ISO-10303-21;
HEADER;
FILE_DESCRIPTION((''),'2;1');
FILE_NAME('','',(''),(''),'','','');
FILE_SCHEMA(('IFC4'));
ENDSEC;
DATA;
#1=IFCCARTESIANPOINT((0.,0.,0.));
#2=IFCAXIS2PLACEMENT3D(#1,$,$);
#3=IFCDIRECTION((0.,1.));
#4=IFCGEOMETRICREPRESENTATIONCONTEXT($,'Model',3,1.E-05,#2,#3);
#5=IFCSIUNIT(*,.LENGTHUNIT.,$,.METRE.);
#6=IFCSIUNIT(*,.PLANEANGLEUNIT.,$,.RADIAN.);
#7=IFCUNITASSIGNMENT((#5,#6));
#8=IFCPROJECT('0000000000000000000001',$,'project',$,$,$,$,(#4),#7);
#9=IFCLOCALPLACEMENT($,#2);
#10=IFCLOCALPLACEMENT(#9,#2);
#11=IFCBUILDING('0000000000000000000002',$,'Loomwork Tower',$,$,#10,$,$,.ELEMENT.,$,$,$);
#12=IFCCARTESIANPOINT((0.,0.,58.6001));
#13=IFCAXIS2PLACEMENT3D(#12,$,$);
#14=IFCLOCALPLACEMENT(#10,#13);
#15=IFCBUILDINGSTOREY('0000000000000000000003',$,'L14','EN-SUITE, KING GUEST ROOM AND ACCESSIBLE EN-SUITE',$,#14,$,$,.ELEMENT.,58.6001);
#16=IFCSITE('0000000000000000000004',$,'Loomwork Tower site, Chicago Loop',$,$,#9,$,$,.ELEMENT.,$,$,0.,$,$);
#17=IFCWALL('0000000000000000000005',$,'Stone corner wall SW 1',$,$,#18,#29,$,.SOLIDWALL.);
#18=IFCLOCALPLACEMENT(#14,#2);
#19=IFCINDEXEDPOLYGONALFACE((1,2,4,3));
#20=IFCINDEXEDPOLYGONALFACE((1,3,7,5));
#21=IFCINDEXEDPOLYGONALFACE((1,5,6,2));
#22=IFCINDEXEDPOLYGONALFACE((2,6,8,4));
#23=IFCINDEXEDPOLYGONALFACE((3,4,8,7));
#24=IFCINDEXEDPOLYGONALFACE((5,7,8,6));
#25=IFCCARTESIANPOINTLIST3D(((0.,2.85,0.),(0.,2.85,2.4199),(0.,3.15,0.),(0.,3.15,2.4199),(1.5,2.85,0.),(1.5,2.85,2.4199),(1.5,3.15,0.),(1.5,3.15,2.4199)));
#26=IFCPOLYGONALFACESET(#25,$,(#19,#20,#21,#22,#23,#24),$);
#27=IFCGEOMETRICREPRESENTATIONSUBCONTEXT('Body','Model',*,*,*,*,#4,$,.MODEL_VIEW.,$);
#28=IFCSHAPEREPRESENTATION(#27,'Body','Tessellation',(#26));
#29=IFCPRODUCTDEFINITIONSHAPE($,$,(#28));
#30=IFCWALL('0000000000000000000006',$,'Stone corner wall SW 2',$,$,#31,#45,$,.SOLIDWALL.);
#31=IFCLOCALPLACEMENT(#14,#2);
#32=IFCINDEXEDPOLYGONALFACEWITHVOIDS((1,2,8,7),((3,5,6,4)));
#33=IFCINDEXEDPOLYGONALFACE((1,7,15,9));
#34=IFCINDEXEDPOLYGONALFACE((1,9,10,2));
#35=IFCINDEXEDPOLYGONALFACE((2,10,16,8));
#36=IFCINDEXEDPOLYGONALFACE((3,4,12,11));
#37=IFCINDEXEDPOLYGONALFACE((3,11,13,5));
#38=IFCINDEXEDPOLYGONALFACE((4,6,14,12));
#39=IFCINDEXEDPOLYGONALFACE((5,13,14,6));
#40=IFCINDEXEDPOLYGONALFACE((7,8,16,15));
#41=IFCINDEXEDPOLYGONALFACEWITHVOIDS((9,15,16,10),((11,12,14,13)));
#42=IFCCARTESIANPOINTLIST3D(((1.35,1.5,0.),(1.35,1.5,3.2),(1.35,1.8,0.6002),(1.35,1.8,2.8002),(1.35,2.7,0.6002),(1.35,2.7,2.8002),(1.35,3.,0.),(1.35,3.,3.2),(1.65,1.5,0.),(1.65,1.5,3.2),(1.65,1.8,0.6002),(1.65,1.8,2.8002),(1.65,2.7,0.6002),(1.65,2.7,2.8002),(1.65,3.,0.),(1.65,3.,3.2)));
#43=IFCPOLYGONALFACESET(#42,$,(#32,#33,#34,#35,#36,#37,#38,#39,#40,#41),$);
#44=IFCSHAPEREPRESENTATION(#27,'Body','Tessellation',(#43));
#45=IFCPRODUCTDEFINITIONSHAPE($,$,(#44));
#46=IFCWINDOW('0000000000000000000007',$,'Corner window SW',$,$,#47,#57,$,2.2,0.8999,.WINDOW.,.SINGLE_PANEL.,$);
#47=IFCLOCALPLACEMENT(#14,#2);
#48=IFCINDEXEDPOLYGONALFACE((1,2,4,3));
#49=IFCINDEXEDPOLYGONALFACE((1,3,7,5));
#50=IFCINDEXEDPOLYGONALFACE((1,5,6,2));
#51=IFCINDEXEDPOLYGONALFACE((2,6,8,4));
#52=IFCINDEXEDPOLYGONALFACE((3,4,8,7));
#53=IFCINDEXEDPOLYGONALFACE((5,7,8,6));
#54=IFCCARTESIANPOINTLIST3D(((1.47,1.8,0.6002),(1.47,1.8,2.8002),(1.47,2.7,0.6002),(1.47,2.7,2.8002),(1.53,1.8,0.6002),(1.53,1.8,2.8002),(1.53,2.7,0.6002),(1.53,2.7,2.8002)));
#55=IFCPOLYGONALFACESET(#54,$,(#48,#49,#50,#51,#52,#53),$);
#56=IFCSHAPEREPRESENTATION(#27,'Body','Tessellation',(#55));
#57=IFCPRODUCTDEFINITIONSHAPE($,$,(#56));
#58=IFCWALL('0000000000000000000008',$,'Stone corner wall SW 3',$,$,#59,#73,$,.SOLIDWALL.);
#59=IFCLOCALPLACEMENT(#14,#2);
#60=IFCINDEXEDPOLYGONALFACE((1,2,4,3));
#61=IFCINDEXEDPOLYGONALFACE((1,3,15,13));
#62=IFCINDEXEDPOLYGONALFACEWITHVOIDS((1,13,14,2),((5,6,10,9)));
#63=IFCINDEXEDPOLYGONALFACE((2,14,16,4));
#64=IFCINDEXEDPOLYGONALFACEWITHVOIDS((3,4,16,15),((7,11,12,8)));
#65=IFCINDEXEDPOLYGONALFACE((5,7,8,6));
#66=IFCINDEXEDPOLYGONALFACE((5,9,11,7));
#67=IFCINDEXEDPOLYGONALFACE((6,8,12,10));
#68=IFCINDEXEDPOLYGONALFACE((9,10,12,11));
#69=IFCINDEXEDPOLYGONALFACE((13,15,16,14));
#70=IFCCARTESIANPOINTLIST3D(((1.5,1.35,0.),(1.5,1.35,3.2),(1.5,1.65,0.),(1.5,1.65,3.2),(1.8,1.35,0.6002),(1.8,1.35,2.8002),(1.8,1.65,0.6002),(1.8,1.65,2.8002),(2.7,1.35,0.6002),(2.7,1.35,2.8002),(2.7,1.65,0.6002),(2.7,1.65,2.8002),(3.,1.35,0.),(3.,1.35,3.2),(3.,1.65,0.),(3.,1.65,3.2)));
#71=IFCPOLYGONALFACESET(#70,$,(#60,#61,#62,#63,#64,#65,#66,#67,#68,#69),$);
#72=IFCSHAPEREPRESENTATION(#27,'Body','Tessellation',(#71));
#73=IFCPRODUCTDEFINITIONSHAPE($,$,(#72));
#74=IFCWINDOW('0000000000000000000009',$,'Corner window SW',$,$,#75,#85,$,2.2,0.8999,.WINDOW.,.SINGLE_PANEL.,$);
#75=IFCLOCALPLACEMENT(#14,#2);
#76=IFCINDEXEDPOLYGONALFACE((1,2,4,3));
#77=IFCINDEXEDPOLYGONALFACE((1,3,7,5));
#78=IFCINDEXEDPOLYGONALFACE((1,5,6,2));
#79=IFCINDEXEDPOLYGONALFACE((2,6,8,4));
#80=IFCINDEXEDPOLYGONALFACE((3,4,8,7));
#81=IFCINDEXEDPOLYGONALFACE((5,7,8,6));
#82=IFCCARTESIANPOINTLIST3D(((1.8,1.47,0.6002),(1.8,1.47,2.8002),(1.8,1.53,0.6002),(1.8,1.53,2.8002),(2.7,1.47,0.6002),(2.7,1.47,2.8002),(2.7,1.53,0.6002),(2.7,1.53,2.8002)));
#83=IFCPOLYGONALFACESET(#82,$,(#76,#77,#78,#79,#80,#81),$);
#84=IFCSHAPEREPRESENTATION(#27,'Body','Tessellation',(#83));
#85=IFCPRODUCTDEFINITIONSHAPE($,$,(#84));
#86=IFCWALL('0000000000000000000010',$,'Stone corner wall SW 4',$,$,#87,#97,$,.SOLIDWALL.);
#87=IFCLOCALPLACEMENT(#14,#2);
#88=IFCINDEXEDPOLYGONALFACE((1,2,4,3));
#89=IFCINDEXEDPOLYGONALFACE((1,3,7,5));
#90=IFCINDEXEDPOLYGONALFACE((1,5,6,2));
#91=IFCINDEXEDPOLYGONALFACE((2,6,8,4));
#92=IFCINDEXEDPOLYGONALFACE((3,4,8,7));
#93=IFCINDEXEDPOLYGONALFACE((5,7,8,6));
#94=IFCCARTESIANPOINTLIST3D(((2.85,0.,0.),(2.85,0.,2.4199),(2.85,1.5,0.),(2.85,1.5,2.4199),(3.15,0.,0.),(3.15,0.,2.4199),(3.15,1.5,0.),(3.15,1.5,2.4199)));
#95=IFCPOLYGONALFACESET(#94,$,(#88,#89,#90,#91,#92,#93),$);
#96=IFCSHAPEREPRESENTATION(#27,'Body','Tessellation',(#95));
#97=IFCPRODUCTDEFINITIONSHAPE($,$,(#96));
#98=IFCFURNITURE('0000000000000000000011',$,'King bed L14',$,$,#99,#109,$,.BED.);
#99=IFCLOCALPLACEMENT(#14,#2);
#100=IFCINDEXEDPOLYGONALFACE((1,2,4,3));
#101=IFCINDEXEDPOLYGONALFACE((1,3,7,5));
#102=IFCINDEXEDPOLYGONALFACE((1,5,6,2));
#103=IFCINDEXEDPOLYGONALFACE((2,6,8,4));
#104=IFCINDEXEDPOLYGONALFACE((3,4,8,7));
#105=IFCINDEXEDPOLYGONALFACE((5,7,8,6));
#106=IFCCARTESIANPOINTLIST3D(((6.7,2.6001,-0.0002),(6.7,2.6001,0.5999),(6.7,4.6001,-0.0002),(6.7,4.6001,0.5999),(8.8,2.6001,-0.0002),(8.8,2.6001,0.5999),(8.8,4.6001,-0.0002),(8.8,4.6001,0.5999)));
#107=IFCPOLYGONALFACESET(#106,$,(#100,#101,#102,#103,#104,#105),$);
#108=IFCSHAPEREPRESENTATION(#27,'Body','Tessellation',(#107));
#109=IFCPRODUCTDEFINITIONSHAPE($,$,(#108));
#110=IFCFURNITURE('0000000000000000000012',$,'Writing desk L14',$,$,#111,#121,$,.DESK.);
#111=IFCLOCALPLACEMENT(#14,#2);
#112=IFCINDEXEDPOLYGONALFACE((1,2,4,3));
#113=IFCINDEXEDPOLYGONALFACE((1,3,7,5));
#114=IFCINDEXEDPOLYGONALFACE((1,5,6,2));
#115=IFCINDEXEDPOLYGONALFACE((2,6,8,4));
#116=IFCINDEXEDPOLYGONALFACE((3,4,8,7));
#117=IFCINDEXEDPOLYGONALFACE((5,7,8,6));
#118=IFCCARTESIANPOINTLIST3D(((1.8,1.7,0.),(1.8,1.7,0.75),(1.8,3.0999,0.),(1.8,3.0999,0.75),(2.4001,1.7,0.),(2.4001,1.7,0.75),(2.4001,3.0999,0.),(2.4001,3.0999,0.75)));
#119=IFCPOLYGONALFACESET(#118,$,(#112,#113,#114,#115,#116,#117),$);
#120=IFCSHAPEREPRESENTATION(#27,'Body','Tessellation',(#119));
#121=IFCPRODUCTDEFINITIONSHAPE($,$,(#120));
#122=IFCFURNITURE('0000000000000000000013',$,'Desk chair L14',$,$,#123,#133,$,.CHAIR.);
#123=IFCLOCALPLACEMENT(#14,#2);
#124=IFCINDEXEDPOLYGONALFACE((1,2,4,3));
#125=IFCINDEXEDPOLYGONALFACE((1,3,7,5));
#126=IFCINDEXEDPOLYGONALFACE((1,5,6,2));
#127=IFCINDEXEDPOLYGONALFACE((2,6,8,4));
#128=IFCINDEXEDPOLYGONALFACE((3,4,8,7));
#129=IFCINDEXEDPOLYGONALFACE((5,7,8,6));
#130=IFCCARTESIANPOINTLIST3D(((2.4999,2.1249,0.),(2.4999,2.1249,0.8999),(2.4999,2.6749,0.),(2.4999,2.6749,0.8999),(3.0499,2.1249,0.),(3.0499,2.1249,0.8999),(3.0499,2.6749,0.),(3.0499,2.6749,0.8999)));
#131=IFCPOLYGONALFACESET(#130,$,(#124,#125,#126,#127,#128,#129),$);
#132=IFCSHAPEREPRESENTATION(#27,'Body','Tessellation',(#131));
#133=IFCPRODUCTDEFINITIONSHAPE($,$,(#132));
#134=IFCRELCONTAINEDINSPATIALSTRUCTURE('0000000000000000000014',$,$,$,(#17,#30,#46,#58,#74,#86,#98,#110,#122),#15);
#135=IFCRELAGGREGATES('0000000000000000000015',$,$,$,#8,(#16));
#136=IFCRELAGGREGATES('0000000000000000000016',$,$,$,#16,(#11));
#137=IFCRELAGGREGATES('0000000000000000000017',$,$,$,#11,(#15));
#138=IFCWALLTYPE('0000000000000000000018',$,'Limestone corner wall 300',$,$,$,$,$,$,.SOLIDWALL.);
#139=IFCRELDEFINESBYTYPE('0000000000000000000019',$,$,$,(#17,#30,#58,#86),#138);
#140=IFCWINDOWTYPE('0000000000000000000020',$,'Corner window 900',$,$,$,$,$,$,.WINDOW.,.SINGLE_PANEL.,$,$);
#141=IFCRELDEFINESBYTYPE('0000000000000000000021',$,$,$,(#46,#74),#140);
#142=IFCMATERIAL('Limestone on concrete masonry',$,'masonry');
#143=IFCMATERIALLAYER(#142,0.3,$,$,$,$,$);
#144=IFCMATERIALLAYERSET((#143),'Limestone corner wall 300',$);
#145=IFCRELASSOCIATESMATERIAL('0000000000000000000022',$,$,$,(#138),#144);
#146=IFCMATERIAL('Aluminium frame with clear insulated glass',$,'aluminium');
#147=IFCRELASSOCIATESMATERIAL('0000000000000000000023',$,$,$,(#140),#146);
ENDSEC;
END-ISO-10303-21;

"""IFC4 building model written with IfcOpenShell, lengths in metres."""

from ifc_helpers import new_model, si_unit, direction, frame, frame_2d, origin, origin_2d, place, context, subcontext, project, spatial, rectangle, extrude, material, layer, layer_set, type_object, element, fill, save


model = new_model("IFC4")

# Units and contexts
model_context = context("Model", 3, precision=1e-05, world=origin(), true_north=direction((0.0, 1.0)))
body_context = subcontext(model_context, "Body", "Model", "MODEL_VIEW")
ifc_project = project(units=[si_unit("LENGTHUNIT", "METRE"), si_unit("PLANEANGLEUNIT", "RADIAN")], contexts=[model_context])

# Site, building, storey
site_placement = place(None, origin())
site = spatial("IfcSite", under=ifc_project, at=site_placement, Name="Loomwork Tower site, Chicago Loop", CompositionType="ELEMENT", RefElevation=0.0)
building_placement = place(site_placement, origin())
building = spatial("IfcBuilding", under=site, at=building_placement, Name="Loomwork Tower", CompositionType="ELEMENT")
storey_placement = place(building_placement, frame((0.0, 0.0, 58.6001)))
storey = spatial("IfcBuildingStorey", under=building, at=storey_placement, Name="L14", Description="EN-SUITE, KING GUEST ROOM AND ACCESSIBLE EN-SUITE", CompositionType="ELEMENT", Elevation=58.6001)

# Wall
ifc_material_1 = material(Name="Limestone on concrete masonry", Category="masonry")
ifc_layer_1 = layer(ifc_material_1, 0.3)
ifc_layer_set_1 = layer_set([ifc_layer_1], Name="Limestone corner wall 300")
wall_type_1 = type_object("IfcWallType", Name="Limestone corner wall 300", PredefinedType="SOLIDWALL", material=ifc_layer_set_1)
wall_1_placement = place(storey_placement, frame((0.0, 3.0, 0.0), z_axis=(0.0, 0.0, 1.0), x_axis=(1.0, 0.0, 0.0)))
element("IfcWall", 1, at=wall_1_placement, inside=storey, type_object=wall_type_1, Name="Stone corner wall SW 1", PredefinedType="SOLIDWALL", context=body_context, shape_type="SweptSolid", body=[
    extrude(rectangle(XDim=1.5, YDim=0.3, at=frame_2d((0.75, 0.0))), origin(), (0.0, 0.0, 1.0), 2.4199),
])

# Walls, openings, windows
wall_2_placement = place(storey_placement, frame((1.5, 3.0, 0.0), z_axis=(0.0, 0.0, 1.0), x_axis=(0.0, -1.0, 0.0)))
wall_2 = element("IfcWall", 2, at=wall_2_placement, inside=storey, type_object=wall_type_1, Name="Stone corner wall SW 2", PredefinedType="SOLIDWALL", context=body_context, shape_type="SweptSolid", body=[
    extrude(rectangle(XDim=1.5, YDim=0.3, at=frame_2d((0.75, 0.0))), origin(), (0.0, 0.0, 1.0), 3.2),
])
opening_1_placement = place(wall_2_placement, frame((0.3, 0.0, 0.6001)))
opening_1 = element("IfcOpeningElement", 3, at=opening_1_placement, cuts=wall_2, PredefinedType="OPENING", context=body_context, shape_type="SweptSolid", body=[
    extrude(rectangle(XDim=0.8999, YDim=2.2, at=frame_2d((0.45, 1.1001))), frame((0.0, 0.1599, 0.0), z_axis=(0.0, -1.0, 0.0), x_axis=(1.0, 0.0, 0.0)), (0.0, 0.0, 1.0), 0.3201),
])
ifc_material_2 = material(Name="Aluminium frame with clear insulated glass", Category="aluminium")
window_type_1 = type_object("IfcWindowType", Name="Corner window 900", PartitioningType="SINGLE_PANEL", PredefinedType="WINDOW", material=ifc_material_2)
window_1_placement = place(opening_1_placement, origin())
window_1 = element("IfcWindow", 4, at=window_1_placement, inside=storey, type_object=window_type_1, Name="Corner window SW", OverallHeight=2.2, OverallWidth=0.8999, PartitioningType="SINGLE_PANEL", PredefinedType="WINDOW", context=body_context, shape_type="SweptSolid", body=[
    extrude(rectangle(XDim=0.8999, YDim=2.2, at=frame_2d((0.45, 1.1001))), frame((0.0, 0.03, 0.0), z_axis=(0.0, -1.0, 0.0), x_axis=(1.0, 0.0, 0.0)), (0.0, 0.0, 1.0), 0.0601),
])
fill(opening_1, window_1)
wall_3_placement = place(storey_placement, frame((1.5, 1.5, 0.0), z_axis=(0.0, 0.0, 1.0), x_axis=(1.0, 0.0, 0.0)))
wall_3 = element("IfcWall", 5, at=wall_3_placement, inside=storey, type_object=wall_type_1, Name="Stone corner wall SW 3", PredefinedType="SOLIDWALL", context=body_context, shape_type="SweptSolid", body=[
    extrude(rectangle(XDim=1.5, YDim=0.3, at=frame_2d((0.75, 0.0))), origin(), (0.0, 0.0, 1.0), 3.2),
])
opening_2_placement = place(wall_3_placement, frame((0.3, 0.0, 0.6001)))
opening_2 = element("IfcOpeningElement", 6, at=opening_2_placement, cuts=wall_3, PredefinedType="OPENING", context=body_context, shape_type="SweptSolid", body=[
    extrude(rectangle(XDim=0.8999, YDim=2.2, at=frame_2d((0.45, 1.1001))), frame((0.0, 0.1599, 0.0), z_axis=(0.0, -1.0, 0.0), x_axis=(1.0, 0.0, 0.0)), (0.0, 0.0, 1.0), 0.3201),
])
window_2_placement = place(opening_2_placement, origin())
window_2 = element("IfcWindow", 7, at=window_2_placement, inside=storey, type_object=window_type_1, Name="Corner window SW", OverallHeight=2.2, OverallWidth=0.8999, PartitioningType="SINGLE_PANEL", PredefinedType="WINDOW", context=body_context, shape_type="SweptSolid", body=[
    extrude(rectangle(XDim=0.8999, YDim=2.2, at=frame_2d((0.45, 1.1001))), frame((0.0, 0.03, 0.0), z_axis=(0.0, -1.0, 0.0), x_axis=(1.0, 0.0, 0.0)), (0.0, 0.0, 1.0), 0.0601),
])
fill(opening_2, window_2)

# Wall
wall_4_placement = place(storey_placement, frame((3.0, 1.5, 0.0), z_axis=(0.0, 0.0, 1.0), x_axis=(0.0, -1.0, 0.0)))
element("IfcWall", 8, at=wall_4_placement, inside=storey, type_object=wall_type_1, Name="Stone corner wall SW 4", PredefinedType="SOLIDWALL", context=body_context, shape_type="SweptSolid", body=[
    extrude(rectangle(XDim=1.5, YDim=0.3, at=frame_2d((0.75, 0.0))), origin(), (0.0, 0.0, 1.0), 2.4199),
])

# Furniture
furniture_1_placement = place(storey_placement, frame((7.75, 3.6001, -0.0002), z_axis=(0.0, 0.0, 1.0), x_axis=(1.0, 0.0, 0.0)))
element("IfcFurniture", 9, at=furniture_1_placement, inside=storey, Name="King bed L14", PredefinedType="BED", context=body_context, shape_type="SweptSolid", body=[
    extrude(rectangle(XDim=2.1001, YDim=2.0, at=origin_2d()), origin(), (0.0, 0.0, 1.0), 0.6001),
])
furniture_2_placement = place(storey_placement, frame((2.1001, 2.3999, 0.0), z_axis=(0.0, 0.0, 1.0), x_axis=(1.0, 0.0, 0.0)))
element("IfcFurniture", 10, at=furniture_2_placement, inside=storey, Name="Writing desk L14", PredefinedType="DESK", context=body_context, shape_type="SweptSolid", body=[
    extrude(rectangle(XDim=0.6001, YDim=1.3999, at=origin_2d()), origin(), (0.0, 0.0, 1.0), 0.75),
])
furniture_3_placement = place(storey_placement, frame((2.7749, 2.3999, 0.0), z_axis=(0.0, 0.0, 1.0), x_axis=(1.0, 0.0, 0.0)))
element("IfcFurniture", 11, at=furniture_3_placement, inside=storey, Name="Desk chair L14", PredefinedType="CHAIR", context=body_context, shape_type="SweptSolid", body=[
    extrude(rectangle(XDim=0.55, YDim=0.55, at=origin_2d()), origin(), (0.0, 0.0, 1.0), 0.8999),
])

save(model, "model.ifc")
